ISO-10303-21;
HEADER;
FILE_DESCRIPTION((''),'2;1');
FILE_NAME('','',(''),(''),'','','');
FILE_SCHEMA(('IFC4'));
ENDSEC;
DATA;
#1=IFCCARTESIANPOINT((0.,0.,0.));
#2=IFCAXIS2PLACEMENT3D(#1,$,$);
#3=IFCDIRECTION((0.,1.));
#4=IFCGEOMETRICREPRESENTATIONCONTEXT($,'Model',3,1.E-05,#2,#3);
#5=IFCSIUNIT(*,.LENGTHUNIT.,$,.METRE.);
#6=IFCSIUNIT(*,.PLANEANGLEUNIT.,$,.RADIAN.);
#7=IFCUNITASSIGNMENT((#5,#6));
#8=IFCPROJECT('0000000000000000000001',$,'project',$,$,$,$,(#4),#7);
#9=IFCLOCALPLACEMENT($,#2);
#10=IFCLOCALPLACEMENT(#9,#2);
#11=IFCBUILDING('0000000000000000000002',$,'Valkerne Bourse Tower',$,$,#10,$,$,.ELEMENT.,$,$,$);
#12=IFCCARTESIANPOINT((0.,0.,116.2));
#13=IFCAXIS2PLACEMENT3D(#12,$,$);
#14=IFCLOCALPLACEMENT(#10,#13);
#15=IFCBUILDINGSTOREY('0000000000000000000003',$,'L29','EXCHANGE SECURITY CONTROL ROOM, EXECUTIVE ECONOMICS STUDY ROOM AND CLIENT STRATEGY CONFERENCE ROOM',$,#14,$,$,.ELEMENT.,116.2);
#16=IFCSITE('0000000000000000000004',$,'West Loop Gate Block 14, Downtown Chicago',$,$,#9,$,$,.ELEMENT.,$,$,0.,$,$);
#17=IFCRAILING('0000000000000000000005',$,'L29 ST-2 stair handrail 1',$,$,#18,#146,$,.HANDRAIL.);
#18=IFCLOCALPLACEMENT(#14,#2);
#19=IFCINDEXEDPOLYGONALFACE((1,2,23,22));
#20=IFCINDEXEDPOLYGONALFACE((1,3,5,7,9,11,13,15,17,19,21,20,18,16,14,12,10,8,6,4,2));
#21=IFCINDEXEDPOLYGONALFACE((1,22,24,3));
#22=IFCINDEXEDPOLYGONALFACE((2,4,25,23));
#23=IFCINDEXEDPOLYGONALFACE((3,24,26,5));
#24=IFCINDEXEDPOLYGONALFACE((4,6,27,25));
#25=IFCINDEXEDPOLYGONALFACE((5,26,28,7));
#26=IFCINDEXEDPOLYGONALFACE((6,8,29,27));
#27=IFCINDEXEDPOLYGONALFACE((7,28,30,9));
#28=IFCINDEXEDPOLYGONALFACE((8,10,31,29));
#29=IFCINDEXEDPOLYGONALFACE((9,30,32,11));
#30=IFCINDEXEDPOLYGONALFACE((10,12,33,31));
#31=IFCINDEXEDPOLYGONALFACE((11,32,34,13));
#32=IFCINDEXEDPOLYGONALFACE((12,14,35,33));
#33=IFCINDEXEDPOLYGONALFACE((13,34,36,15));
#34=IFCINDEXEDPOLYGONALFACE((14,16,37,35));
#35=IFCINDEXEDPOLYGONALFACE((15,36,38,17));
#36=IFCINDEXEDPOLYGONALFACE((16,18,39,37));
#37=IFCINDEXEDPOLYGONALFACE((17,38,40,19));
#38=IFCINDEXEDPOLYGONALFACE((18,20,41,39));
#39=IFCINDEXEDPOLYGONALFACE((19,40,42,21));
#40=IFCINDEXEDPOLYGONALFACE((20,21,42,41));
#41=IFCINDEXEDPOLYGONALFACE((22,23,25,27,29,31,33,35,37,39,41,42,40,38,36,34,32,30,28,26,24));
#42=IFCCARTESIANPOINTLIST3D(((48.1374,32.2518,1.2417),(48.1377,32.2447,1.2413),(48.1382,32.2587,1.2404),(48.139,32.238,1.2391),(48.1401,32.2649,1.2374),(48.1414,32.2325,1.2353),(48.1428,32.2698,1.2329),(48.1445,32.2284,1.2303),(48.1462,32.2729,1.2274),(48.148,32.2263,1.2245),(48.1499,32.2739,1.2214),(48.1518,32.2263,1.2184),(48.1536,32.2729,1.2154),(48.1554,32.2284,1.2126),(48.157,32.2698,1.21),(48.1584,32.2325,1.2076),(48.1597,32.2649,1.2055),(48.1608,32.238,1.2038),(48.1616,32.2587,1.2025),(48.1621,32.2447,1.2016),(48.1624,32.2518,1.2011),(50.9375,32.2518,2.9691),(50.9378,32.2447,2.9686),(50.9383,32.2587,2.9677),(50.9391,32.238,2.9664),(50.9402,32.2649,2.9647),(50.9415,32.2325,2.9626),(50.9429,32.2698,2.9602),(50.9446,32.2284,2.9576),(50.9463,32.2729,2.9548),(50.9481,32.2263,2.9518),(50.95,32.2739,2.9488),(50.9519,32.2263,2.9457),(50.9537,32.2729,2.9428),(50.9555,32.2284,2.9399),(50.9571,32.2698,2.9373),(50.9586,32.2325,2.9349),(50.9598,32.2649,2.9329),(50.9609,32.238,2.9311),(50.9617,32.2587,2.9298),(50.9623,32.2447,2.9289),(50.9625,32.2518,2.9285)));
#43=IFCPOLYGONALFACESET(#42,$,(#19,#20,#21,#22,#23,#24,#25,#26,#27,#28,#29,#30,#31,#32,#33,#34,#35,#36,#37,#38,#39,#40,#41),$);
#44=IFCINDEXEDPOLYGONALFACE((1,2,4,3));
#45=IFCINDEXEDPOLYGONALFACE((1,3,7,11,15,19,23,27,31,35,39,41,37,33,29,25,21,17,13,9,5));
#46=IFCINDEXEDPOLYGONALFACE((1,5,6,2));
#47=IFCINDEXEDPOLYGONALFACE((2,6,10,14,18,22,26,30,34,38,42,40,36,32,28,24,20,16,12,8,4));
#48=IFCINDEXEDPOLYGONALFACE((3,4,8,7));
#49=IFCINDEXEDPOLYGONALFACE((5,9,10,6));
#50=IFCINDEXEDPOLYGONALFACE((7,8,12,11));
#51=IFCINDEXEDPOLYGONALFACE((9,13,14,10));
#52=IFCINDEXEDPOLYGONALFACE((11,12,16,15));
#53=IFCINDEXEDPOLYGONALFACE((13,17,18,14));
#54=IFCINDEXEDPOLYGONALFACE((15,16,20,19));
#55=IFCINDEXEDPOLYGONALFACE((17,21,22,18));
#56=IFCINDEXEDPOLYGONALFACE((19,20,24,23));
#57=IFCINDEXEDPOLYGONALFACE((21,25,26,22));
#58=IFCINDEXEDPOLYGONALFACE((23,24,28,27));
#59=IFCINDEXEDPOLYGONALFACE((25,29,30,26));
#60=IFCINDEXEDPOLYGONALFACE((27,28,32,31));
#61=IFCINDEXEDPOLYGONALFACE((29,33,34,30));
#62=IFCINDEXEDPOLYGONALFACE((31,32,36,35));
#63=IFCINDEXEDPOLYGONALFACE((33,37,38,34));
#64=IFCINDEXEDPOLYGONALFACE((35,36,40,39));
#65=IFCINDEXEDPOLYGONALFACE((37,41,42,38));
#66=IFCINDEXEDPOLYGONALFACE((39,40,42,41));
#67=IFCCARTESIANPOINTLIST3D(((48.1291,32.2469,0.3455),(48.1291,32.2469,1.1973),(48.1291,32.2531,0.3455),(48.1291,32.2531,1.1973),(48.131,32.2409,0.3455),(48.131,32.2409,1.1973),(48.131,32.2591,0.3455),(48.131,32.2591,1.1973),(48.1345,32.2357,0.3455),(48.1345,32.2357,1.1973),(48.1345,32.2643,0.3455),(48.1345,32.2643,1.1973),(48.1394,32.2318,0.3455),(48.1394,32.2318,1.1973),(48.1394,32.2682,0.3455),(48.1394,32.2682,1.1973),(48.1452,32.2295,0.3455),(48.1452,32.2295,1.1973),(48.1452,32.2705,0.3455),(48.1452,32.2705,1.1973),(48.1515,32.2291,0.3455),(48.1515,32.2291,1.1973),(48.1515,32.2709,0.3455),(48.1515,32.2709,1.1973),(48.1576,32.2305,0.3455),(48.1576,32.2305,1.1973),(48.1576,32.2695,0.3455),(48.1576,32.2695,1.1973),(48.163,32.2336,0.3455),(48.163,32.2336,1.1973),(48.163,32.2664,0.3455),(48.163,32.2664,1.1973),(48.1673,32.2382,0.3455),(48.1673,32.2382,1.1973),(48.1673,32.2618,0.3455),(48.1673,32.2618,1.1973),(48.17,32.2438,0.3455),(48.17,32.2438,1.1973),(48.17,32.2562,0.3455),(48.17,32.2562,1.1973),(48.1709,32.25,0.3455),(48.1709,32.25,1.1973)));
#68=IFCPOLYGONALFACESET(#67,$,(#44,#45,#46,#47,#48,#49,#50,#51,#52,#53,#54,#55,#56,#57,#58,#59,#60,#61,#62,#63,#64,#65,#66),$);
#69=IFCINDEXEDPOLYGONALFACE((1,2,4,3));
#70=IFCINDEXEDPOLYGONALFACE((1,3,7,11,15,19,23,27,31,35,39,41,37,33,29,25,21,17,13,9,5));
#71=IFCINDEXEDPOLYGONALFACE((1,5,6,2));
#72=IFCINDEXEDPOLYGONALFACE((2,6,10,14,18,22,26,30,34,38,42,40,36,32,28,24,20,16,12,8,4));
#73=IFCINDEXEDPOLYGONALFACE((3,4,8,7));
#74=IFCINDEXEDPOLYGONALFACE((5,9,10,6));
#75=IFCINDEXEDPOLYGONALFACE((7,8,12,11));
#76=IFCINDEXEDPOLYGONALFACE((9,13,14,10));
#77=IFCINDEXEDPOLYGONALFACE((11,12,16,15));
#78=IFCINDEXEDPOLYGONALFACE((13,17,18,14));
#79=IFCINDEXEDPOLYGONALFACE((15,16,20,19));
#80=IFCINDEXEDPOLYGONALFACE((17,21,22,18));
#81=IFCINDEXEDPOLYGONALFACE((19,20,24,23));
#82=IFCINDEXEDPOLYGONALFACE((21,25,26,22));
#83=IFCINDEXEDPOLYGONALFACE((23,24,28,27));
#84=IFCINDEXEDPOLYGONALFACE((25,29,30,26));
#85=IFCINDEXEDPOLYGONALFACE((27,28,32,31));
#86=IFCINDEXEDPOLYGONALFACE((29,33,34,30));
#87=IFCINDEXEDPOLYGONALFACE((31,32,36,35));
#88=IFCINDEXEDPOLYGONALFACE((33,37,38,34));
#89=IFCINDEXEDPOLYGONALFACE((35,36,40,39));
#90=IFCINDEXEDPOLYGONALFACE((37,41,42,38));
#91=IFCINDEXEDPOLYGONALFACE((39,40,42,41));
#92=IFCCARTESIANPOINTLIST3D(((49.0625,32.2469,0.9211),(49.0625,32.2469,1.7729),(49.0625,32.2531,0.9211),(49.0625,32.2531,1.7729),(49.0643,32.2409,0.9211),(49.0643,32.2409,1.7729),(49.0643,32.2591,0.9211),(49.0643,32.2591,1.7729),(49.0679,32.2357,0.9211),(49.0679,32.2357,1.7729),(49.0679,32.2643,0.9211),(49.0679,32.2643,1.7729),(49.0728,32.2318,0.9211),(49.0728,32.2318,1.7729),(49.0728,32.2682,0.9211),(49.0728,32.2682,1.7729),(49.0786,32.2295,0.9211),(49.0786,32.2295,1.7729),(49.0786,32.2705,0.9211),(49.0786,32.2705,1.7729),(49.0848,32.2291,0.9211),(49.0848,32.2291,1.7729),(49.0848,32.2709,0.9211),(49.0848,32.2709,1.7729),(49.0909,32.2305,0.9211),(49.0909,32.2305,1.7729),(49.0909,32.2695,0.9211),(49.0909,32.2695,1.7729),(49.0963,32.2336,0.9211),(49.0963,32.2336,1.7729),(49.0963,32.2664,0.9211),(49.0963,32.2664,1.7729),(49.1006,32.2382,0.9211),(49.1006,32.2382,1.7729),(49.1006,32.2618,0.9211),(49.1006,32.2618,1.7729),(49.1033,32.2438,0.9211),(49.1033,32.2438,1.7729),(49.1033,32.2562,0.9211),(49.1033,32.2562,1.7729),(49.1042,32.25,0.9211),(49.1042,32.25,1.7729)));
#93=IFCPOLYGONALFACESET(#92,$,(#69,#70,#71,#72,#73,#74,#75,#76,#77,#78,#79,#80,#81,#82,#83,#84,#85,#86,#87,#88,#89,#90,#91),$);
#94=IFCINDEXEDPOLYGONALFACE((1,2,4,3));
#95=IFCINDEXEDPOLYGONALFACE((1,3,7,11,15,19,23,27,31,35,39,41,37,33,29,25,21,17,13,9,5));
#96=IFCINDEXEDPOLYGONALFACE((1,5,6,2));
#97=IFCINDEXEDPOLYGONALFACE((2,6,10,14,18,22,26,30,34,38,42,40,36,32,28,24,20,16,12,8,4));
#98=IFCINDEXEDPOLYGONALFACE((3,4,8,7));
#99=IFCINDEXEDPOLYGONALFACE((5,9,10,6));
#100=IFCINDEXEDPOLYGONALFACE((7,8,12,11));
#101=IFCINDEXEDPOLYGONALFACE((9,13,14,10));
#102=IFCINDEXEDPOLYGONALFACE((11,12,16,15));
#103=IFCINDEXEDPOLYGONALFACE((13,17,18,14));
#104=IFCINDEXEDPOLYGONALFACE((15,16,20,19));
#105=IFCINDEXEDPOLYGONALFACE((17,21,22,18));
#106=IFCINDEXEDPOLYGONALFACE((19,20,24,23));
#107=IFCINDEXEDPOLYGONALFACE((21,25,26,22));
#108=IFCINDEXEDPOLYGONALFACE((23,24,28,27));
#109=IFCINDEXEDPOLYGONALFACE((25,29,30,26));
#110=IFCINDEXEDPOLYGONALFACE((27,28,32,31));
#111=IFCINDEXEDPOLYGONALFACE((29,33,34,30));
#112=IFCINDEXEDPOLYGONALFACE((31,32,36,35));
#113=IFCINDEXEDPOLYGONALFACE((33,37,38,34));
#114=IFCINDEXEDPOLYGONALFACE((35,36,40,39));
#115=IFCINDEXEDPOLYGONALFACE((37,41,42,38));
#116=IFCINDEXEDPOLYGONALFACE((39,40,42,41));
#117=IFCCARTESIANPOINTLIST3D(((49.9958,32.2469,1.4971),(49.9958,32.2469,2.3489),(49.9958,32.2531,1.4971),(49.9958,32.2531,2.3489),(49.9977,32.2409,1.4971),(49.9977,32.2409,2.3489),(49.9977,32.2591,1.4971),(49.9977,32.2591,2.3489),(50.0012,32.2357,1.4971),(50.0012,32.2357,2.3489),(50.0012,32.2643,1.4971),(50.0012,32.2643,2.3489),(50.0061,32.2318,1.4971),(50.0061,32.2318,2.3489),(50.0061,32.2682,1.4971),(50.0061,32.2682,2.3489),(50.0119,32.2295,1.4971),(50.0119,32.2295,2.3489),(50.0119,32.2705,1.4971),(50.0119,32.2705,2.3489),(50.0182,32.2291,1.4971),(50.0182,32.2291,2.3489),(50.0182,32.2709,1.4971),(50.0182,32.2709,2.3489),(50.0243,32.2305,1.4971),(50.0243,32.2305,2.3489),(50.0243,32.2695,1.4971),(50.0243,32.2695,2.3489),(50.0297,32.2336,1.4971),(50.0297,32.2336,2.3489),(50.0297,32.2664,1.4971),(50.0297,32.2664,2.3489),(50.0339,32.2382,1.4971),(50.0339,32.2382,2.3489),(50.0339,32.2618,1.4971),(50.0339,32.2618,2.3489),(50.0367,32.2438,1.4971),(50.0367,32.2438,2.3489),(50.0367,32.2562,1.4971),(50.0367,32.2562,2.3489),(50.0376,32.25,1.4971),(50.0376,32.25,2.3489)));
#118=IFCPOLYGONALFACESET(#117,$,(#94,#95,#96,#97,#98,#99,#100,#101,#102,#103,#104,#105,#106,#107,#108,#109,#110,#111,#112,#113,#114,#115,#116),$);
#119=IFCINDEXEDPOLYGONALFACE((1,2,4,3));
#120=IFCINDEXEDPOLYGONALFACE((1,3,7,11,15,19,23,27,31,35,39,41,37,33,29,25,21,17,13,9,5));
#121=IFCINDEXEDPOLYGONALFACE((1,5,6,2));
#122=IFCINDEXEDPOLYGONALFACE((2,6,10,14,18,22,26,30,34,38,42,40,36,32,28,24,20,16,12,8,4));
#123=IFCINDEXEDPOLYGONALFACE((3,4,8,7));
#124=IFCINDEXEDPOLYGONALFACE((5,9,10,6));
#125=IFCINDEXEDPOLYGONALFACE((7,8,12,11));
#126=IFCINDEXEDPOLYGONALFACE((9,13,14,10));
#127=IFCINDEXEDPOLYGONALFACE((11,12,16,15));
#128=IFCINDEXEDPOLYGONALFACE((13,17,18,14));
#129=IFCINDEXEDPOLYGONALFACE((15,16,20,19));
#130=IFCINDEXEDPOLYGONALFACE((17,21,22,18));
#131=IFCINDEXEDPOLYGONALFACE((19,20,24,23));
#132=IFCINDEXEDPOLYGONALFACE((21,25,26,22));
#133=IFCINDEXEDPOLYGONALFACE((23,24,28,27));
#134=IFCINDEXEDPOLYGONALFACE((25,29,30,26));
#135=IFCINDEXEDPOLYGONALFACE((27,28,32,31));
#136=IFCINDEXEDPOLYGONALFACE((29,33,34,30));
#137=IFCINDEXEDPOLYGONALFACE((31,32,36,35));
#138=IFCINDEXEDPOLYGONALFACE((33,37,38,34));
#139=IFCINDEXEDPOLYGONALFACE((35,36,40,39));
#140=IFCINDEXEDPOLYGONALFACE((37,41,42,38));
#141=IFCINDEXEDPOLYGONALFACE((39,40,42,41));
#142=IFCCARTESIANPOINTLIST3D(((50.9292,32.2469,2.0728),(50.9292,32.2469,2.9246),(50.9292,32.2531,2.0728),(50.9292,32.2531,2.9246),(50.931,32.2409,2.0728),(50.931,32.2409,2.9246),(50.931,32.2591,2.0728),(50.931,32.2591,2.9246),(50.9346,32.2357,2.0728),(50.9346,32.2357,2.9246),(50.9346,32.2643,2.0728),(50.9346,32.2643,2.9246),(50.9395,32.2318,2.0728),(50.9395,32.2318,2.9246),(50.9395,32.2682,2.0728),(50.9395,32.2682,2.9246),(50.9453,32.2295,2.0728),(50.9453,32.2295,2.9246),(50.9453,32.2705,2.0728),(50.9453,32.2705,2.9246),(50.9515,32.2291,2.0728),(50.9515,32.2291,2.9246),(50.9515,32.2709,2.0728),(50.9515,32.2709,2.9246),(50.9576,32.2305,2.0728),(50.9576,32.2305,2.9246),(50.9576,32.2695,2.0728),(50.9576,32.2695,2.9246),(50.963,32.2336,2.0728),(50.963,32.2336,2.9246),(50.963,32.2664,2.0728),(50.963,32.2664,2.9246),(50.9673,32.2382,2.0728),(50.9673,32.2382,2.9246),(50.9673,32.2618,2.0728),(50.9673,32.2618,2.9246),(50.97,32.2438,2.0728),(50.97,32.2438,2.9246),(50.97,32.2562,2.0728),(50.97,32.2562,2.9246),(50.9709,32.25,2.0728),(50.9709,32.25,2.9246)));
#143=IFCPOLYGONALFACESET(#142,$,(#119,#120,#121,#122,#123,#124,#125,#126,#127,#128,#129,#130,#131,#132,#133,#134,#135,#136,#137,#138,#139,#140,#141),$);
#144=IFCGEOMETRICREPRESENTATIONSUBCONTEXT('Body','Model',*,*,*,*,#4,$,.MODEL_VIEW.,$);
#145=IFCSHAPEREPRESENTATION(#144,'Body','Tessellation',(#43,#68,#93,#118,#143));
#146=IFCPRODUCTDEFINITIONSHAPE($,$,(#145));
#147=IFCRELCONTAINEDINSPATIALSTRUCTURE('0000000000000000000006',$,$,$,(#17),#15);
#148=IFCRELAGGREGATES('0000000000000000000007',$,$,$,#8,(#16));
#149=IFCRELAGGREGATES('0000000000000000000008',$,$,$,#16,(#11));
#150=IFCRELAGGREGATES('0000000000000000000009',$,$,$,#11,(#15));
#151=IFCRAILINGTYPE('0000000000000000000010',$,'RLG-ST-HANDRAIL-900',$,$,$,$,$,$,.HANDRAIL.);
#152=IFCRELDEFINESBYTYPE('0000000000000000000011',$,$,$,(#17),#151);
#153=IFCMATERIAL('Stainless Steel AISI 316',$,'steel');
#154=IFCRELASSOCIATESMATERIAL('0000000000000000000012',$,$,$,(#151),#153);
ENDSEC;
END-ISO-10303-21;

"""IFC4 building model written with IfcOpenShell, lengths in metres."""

from ifc_helpers import new_model, si_unit, direction, frame, origin, origin_2d, place, context, subcontext, project, spatial, circle, extrude, material, type_object, element, save


model = new_model("IFC4")

# Units and contexts
model_context = context("Model", 3, precision=1e-05, world=origin(), true_north=direction((0.0, 1.0)))
body_context = subcontext(model_context, "Body", "Model", "MODEL_VIEW")
ifc_project = project(units=[si_unit("LENGTHUNIT", "METRE"), si_unit("PLANEANGLEUNIT", "RADIAN")], contexts=[model_context])

# Site, building, storey
site_placement = place(None, origin())
site = spatial("IfcSite", under=ifc_project, at=site_placement, Name="West Loop Gate Block 14, Downtown Chicago", CompositionType="ELEMENT", RefElevation=0.0)
building_placement = place(site_placement, origin())
building = spatial("IfcBuilding", under=site, at=building_placement, Name="Valkerne Bourse Tower", CompositionType="ELEMENT")
storey_placement = place(building_placement, frame((0.0, 0.0, 116.2)))
storey = spatial("IfcBuildingStorey", under=building, at=storey_placement, Name="L29", Description="EXCHANGE SECURITY CONTROL ROOM, EXECUTIVE ECONOMICS STUDY ROOM AND CLIENT STRATEGY CONFERENCE ROOM", CompositionType="ELEMENT", Elevation=116.2)

# Shared definitions
ifc_material_1 = material(Name="Stainless Steel AISI 316", Category="steel")

# Railing
railing_type_1 = type_object("IfcRailingType", Name="RLG-ST-HANDRAIL-900", PredefinedType="HANDRAIL", material=ifc_material_1)
railing_1_placement = place(storey_placement, frame((48.1499, 32.25, 0.3455)))
element("IfcRailing", 1, at=railing_1_placement, inside=storey, type_object=railing_type_1, Name="L29 ST-2 stair handrail 1", PredefinedType="HANDRAIL", context=body_context, shape_type="SweptSolid", body=[
    extrude(circle(Radius=0.0239, at=origin_2d()), frame((0.0, 0.0, 0.876), z_axis=(0.85109, 0.0, 0.52502), x_axis=(0.0, 1.0, 0.0)), (0.0, 0.0, 1.0), 3.29),
    extrude(circle(Radius=0.021, at=origin_2d()), origin(), (0.0, 0.0, 1.0), 0.8518),
    extrude(circle(Radius=0.021, at=origin_2d()), frame((0.9333, 0.0, 0.5757)), (0.0, 0.0, 1.0), 0.8518),
    extrude(circle(Radius=0.021, at=origin_2d()), frame((1.8667, 0.0, 1.1516)), (0.0, 0.0, 1.0), 0.8518),
    extrude(circle(Radius=0.021, at=origin_2d()), frame((2.8, 0.0, 1.7273)), (0.0, 0.0, 1.0), 0.8518),
])

save(model, "model.ifc")
